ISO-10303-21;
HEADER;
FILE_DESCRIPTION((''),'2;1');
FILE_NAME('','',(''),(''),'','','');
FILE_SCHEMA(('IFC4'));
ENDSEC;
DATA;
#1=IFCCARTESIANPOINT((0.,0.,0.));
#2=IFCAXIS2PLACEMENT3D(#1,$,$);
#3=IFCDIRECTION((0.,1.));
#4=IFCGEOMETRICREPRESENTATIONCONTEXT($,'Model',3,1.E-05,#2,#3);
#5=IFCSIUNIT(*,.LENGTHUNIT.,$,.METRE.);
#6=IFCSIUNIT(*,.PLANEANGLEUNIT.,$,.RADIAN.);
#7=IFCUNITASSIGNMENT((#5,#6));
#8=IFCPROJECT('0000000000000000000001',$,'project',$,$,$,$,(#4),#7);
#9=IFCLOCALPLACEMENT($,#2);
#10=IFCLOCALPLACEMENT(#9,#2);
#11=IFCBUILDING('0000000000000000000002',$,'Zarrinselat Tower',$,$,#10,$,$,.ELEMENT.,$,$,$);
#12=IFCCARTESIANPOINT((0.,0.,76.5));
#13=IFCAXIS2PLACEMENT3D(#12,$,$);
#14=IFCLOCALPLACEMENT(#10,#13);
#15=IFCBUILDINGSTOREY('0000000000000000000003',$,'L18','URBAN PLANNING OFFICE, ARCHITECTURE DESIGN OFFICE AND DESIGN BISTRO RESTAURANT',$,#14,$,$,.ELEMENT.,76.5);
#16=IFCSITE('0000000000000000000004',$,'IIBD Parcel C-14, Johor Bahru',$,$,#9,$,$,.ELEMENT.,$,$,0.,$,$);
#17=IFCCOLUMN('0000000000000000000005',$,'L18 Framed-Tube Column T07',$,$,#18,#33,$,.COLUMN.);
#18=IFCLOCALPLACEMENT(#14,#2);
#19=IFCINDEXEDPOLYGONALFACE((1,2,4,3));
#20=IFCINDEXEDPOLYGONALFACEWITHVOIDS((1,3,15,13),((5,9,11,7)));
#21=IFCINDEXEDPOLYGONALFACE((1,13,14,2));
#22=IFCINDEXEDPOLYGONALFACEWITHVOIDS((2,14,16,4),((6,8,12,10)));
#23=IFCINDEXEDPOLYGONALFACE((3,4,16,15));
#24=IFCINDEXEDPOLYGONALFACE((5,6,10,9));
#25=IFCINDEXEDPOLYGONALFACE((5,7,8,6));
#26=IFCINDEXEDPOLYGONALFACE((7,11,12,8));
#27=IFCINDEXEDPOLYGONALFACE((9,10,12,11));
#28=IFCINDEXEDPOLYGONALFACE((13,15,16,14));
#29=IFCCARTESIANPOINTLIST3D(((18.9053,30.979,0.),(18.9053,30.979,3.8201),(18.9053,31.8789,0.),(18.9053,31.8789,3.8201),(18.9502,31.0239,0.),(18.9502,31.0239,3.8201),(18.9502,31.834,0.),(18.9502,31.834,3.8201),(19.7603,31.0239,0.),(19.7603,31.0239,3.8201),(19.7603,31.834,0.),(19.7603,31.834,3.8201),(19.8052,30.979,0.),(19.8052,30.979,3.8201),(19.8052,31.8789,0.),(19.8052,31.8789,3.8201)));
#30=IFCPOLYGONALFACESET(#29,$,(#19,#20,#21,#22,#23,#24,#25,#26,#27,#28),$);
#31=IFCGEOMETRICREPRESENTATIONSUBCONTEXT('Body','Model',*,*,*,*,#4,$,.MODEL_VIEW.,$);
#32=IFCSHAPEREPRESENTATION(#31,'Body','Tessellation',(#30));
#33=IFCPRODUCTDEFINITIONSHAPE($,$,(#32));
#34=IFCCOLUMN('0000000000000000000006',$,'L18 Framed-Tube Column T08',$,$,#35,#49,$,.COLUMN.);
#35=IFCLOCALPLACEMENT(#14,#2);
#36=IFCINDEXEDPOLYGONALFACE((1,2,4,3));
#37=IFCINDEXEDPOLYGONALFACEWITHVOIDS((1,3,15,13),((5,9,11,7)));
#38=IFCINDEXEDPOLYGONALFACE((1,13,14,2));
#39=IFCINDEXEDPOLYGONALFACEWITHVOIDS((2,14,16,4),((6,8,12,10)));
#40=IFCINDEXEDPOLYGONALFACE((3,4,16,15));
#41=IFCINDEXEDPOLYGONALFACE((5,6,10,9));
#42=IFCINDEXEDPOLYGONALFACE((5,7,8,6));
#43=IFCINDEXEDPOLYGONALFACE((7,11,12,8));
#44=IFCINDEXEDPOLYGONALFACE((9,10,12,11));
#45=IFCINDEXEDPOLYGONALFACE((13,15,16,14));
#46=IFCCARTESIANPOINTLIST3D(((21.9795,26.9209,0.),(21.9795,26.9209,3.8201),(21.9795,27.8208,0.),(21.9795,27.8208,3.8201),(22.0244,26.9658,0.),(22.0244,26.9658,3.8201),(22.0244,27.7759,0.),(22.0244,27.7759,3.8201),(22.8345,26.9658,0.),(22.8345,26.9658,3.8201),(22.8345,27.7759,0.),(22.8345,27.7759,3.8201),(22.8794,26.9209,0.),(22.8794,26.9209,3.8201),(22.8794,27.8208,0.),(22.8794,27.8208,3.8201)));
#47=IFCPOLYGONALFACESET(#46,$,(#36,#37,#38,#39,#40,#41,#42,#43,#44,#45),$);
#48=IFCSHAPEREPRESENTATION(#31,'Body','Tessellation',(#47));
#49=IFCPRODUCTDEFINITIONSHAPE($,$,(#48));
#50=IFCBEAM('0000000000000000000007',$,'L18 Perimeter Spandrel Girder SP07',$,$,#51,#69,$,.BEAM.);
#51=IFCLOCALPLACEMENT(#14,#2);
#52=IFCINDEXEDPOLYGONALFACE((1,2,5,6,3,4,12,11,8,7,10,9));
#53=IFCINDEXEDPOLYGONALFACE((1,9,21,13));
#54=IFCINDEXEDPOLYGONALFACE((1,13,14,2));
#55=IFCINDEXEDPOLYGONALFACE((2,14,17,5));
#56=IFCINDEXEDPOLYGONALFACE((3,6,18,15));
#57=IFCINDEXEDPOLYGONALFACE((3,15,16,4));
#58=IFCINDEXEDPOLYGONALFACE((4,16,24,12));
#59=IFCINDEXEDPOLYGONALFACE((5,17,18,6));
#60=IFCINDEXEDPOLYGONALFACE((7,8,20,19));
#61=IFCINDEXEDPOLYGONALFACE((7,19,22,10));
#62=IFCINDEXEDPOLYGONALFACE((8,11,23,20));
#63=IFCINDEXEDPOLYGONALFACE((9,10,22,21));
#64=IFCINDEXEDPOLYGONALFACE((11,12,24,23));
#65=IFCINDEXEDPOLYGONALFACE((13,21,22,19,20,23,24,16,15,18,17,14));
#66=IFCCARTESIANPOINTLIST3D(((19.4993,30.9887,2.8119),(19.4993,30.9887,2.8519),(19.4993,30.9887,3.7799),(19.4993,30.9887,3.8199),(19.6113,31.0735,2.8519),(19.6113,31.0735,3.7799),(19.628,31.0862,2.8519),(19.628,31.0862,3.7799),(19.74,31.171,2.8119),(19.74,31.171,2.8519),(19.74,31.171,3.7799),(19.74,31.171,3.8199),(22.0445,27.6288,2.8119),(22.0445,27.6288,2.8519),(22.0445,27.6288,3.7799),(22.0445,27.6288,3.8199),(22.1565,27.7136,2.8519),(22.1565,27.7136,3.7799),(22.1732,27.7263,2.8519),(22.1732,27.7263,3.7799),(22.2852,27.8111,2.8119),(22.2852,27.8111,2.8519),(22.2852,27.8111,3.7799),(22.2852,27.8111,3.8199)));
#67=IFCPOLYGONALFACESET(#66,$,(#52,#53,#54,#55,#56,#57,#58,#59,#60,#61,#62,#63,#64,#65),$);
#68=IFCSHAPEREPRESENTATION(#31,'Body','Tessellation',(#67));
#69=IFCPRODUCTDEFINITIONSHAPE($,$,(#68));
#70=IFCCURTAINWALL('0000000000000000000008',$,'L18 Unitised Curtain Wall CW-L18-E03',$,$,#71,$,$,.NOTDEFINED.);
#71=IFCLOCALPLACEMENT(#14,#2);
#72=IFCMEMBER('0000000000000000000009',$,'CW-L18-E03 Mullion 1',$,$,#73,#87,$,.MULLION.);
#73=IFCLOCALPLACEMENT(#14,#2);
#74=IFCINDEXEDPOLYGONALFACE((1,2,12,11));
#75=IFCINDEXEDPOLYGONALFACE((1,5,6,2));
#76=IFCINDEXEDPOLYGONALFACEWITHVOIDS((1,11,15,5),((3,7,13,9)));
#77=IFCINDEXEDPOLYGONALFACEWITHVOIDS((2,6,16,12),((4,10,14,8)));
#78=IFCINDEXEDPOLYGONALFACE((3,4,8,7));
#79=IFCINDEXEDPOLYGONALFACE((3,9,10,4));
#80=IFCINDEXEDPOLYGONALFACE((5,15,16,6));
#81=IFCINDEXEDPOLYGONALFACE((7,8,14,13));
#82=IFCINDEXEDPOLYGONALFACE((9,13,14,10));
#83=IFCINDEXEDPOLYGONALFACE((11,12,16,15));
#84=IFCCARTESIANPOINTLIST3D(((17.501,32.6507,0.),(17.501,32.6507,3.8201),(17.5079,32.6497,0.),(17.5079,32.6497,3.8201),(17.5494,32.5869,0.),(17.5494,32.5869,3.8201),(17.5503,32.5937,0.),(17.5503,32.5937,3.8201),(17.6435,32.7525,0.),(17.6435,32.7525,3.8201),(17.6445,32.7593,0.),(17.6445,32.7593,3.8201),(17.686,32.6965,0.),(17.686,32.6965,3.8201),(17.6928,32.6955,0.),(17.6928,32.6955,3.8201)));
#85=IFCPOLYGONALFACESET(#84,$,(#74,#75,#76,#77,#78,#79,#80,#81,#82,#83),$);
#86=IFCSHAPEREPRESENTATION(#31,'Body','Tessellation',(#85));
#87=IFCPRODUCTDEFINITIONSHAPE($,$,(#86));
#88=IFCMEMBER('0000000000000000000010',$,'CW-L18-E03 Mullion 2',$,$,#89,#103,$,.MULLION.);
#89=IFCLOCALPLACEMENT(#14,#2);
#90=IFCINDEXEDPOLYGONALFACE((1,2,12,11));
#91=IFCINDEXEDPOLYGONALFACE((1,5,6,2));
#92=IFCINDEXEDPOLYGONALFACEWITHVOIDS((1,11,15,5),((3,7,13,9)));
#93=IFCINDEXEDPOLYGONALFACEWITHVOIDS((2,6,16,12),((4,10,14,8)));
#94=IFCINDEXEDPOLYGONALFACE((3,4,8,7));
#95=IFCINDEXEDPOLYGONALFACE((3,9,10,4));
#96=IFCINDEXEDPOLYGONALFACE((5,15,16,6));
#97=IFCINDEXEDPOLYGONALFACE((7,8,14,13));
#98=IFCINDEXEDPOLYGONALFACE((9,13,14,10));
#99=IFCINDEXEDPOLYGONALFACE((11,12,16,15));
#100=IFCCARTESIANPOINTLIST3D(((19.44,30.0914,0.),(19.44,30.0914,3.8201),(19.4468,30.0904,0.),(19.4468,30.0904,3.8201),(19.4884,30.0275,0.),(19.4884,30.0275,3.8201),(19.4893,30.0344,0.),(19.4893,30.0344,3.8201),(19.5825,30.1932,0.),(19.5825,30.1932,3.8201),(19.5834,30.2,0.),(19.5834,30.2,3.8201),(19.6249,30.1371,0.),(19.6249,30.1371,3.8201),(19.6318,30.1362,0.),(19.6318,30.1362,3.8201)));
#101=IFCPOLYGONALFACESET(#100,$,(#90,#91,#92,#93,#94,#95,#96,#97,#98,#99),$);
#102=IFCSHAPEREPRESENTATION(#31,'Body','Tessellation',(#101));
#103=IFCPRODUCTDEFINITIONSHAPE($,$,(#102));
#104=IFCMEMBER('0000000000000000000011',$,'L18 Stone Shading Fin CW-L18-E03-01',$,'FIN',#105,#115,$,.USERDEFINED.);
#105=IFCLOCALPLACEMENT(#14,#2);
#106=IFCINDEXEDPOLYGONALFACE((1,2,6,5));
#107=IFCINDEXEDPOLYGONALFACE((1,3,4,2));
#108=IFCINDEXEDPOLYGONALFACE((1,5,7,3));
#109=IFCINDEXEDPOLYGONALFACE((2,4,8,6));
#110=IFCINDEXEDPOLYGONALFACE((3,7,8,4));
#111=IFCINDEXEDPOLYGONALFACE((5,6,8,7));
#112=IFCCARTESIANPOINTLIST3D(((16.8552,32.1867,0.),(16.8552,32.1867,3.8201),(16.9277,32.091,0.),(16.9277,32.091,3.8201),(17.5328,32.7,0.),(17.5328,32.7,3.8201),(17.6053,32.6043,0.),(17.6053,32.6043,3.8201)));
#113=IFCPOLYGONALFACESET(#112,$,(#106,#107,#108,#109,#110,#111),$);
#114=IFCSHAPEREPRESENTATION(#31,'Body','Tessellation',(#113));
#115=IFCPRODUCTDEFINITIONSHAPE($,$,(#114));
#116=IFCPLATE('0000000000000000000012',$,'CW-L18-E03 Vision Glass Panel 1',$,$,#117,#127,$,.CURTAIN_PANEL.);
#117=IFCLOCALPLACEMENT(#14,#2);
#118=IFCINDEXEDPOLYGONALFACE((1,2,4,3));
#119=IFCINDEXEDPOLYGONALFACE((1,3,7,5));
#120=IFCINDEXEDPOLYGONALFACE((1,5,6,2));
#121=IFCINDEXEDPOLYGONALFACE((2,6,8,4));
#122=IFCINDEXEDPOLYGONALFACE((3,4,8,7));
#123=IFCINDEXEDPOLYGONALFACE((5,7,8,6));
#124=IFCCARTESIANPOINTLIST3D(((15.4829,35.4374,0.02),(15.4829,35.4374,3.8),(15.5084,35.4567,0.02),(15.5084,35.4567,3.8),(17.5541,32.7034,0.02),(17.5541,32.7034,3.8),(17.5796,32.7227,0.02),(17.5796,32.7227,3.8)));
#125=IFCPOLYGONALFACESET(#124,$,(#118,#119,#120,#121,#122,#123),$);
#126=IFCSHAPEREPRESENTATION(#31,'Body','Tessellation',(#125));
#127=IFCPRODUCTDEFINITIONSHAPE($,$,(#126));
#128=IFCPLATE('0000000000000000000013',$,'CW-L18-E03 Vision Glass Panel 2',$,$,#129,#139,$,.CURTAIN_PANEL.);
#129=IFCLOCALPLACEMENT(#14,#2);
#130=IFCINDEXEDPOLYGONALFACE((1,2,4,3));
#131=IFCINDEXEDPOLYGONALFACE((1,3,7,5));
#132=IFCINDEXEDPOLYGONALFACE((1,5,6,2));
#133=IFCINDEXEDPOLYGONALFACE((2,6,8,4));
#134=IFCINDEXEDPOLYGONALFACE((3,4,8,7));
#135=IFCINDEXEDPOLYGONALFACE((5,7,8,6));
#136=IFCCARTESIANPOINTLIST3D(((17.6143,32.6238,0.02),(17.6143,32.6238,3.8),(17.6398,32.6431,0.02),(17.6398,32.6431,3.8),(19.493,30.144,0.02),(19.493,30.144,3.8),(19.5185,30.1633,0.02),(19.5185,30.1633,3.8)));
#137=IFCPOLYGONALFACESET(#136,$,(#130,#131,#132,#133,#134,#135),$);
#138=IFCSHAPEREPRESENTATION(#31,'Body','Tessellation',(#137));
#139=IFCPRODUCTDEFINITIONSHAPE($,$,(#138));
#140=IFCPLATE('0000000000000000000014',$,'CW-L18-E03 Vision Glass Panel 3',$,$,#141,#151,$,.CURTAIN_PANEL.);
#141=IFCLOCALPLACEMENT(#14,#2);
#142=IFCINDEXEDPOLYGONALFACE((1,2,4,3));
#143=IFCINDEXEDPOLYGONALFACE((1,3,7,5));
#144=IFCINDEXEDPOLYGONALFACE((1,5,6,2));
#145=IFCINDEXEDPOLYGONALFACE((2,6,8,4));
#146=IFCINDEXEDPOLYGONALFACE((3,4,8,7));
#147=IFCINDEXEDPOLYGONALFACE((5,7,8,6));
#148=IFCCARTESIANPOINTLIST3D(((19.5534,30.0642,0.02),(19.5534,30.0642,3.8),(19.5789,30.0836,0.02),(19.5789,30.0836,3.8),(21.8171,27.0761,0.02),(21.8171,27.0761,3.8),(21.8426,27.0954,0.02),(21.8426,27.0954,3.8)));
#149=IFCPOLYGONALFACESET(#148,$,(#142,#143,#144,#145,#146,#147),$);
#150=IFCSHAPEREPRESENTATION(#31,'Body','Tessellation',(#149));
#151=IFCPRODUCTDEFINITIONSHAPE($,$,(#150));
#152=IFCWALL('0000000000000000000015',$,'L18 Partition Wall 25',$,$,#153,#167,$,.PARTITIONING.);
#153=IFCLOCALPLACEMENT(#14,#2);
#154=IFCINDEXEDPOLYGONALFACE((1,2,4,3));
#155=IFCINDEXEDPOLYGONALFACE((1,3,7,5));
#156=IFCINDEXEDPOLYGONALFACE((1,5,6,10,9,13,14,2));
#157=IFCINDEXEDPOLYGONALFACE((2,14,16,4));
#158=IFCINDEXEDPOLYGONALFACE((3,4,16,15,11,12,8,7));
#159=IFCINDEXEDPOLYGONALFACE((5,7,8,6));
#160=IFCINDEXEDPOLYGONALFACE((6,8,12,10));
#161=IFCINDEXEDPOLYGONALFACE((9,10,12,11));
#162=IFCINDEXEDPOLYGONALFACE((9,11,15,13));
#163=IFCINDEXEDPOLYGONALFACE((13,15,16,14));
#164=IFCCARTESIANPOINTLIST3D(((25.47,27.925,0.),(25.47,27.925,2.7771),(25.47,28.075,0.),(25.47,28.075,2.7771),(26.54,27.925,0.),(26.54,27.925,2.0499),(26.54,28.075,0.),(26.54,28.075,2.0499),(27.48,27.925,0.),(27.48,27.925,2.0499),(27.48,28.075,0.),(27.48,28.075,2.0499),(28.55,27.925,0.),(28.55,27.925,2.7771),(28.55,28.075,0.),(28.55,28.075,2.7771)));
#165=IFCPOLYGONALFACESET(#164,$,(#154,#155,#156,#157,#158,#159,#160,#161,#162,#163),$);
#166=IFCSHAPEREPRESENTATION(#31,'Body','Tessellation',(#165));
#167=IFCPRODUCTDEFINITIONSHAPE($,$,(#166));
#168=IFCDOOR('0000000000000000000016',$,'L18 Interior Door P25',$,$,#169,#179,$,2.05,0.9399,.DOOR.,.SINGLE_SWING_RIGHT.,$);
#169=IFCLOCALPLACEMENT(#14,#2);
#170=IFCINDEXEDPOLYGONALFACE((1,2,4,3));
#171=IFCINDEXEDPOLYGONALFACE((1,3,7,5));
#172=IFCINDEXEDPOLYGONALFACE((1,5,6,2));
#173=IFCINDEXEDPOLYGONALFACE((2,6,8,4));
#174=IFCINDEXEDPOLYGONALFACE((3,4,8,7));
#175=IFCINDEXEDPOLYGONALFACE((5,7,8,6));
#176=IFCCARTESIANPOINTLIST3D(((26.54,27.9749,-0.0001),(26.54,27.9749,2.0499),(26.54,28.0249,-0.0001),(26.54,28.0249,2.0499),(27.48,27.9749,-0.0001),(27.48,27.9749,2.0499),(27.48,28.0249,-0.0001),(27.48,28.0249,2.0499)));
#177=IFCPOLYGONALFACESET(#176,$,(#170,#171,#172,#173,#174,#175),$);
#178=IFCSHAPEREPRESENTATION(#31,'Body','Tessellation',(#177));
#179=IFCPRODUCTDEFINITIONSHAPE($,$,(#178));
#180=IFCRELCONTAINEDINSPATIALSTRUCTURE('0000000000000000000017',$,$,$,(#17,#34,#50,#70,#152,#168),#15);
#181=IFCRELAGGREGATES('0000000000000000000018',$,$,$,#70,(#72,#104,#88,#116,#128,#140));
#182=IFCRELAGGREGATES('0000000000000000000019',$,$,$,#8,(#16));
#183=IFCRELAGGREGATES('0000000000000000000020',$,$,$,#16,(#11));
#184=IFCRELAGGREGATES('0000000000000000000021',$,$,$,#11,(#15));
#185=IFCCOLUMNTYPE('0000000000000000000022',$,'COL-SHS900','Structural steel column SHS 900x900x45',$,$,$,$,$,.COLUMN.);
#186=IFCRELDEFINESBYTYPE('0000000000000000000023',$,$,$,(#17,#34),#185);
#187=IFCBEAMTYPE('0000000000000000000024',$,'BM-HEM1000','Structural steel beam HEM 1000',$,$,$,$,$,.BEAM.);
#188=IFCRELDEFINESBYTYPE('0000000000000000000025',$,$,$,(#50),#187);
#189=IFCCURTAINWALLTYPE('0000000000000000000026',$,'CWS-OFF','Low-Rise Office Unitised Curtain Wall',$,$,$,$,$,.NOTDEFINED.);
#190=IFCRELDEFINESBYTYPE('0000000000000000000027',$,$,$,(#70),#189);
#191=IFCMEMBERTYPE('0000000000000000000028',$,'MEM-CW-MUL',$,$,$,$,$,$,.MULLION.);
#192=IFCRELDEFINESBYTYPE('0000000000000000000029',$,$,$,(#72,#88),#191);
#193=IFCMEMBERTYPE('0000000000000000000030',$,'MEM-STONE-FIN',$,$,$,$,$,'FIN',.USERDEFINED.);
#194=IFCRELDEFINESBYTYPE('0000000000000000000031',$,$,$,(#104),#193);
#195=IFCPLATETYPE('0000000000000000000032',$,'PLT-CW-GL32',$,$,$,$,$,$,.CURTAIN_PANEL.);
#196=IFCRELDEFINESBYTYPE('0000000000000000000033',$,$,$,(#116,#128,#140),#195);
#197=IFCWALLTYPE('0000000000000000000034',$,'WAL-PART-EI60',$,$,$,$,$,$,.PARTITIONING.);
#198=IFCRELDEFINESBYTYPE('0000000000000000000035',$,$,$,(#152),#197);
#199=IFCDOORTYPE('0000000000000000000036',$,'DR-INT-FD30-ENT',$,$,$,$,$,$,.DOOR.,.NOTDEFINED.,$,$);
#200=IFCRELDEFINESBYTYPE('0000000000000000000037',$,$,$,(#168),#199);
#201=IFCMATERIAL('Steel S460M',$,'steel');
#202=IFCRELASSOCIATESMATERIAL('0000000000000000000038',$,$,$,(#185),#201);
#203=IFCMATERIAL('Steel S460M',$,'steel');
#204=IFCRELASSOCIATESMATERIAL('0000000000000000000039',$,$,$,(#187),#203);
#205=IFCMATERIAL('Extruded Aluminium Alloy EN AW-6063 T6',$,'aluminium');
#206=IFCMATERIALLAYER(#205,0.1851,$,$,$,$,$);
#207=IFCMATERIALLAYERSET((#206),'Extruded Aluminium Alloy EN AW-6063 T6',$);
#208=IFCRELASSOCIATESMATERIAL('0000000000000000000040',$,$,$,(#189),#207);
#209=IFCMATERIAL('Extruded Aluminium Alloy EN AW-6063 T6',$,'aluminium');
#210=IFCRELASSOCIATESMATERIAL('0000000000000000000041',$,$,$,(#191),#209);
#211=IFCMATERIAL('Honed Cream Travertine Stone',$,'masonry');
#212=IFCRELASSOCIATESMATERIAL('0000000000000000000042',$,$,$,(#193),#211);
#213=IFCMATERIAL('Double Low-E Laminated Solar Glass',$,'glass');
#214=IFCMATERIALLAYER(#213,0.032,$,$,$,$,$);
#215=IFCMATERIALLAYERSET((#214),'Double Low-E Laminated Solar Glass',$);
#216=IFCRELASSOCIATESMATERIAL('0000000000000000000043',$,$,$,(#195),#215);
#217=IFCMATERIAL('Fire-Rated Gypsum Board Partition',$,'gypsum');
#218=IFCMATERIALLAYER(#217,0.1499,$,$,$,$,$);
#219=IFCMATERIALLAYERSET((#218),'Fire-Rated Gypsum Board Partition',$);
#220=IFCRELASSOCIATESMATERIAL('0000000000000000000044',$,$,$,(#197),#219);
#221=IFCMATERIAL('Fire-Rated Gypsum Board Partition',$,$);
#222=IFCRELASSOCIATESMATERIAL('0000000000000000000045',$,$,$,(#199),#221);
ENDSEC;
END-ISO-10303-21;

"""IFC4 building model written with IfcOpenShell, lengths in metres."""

from ifc_helpers import new_model, si_unit, direction, frame, frame_2d, origin, origin_2d, place, context, subcontext, project, spatial, rectangle, hollow_rectangle, i_section, extrude, material, layer, layer_set, material_profile, profile_set, type_object, element, fill, aggregate, save


model = new_model("IFC4")

# Units and contexts
model_context = context("Model", 3, precision=1e-05, world=origin(), true_north=direction((0.0, 1.0)))
body_context = subcontext(model_context, "Body", "Model", "MODEL_VIEW")
ifc_project = project(units=[si_unit("LENGTHUNIT", "METRE"), si_unit("PLANEANGLEUNIT", "RADIAN")], contexts=[model_context])

# Site, building, storey
site_placement = place(None, origin())
site = spatial("IfcSite", under=ifc_project, at=site_placement, Name="IIBD Parcel C-14, Johor Bahru", CompositionType="ELEMENT", RefElevation=0.0)
building_placement = place(site_placement, origin())
building = spatial("IfcBuilding", under=site, at=building_placement, Name="Zarrinselat Tower", CompositionType="ELEMENT")
storey_placement = place(building_placement, frame((0.0, 0.0, 76.5)))
storey = spatial("IfcBuildingStorey", under=building, at=storey_placement, Name="L18", Description="URBAN PLANNING OFFICE, ARCHITECTURE DESIGN OFFICE AND DESIGN BISTRO RESTAURANT", CompositionType="ELEMENT", Elevation=76.5)

# Columns
ifc_material_1 = material(Name="Steel S460M", Category="steel")
ifc_material_profile_1 = material_profile(ifc_material_1, hollow_rectangle(XDim=0.8999, YDim=0.8999, WallThickness=0.0449, at=origin_2d()), Name="SHS 900x900x45")
ifc_profile_set_1 = profile_set([ifc_material_profile_1], Name="Steel S460M")
column_type = type_object("IfcColumnType", Name="COL-SHS900", Description="Structural steel column SHS 900x900x45", PredefinedType="COLUMN", material=ifc_profile_set_1)
for number, where, z_axis, x_axis, name in (
    (1, (19.3552, 31.429, 0.0), (0.0, 0.0, 1.0), (1.0, 0.0, 0.0), "L18 Framed-Tube Column T07"),
    (2, (22.4294, 27.3708, 0.0), (0.0, 0.0, 1.0), (1.0, 0.0, 0.0), "L18 Framed-Tube Column T08"),
):
    element("IfcColumn", number, at=place(storey_placement, frame(where, z_axis=z_axis, x_axis=x_axis)), inside=storey, type_object=column_type, Name=name, PredefinedType="COLUMN", context=body_context, shape_type="SweptSolid", body=[
        extrude(hollow_rectangle(XDim=0.8999, YDim=0.8999, WallThickness=0.0449, at=origin_2d()), origin(), (0.0, 0.0, 1.0), 3.8201),
    ])

# Beam
ifc_material_2 = material(Name="Steel S460M", Category="steel")
ifc_material_profile_2 = material_profile(ifc_material_2, i_section(OverallWidth=0.302, OverallDepth=1.0081, WebThickness=0.021, FlangeThickness=0.04, at=origin_2d()), Name="HEM 1000")
ifc_profile_set_2 = profile_set([ifc_material_profile_2], Name="Steel S460M")
beam_type = type_object("IfcBeamType", Name="BM-HEM1000", Description="Structural steel beam HEM 1000", PredefinedType="BEAM", material=ifc_profile_set_2)
beam_placement = place(storey_placement, frame((19.6196, 31.0798, 3.3159), z_axis=(0.60383, -0.797113, 0.0), x_axis=(0.797113, 0.60383, 0.0)))
element("IfcBeam", 3, at=beam_placement, inside=storey, type_object=beam_type, Name="L18 Perimeter Spandrel Girder SP07", PredefinedType="BEAM", context=body_context, shape_type="SweptSolid", body=[
    extrude(i_section(OverallWidth=0.302, OverallDepth=1.0081, WebThickness=0.021, FlangeThickness=0.04, at=origin_2d()), origin(), (0.0, 0.0, 1.0), 4.2151),
])

# Curtain wall, members, plates
ifc_material_3 = material(Name="Extruded Aluminium Alloy EN AW-6063 T6", Category="aluminium")
ifc_layer_1 = layer(ifc_material_3, 0.1851)
ifc_layer_set_1 = layer_set([ifc_layer_1], Name="Extruded Aluminium Alloy EN AW-6063 T6")
curtain_wall_type = type_object("IfcCurtainWallType", Name="CWS-OFF", Description="Low-Rise Office Unitised Curtain Wall", PredefinedType="NOTDEFINED", material=ifc_layer_set_1)
curtain_wall_placement = place(storey_placement, origin())
curtain_wall = element("IfcCurtainWall", 4, at=curtain_wall_placement, inside=storey, type_object=curtain_wall_type, Name="L18 Unitised Curtain Wall CW-L18-E03", PredefinedType="NOTDEFINED")
ifc_material_4 = material(Name="Extruded Aluminium Alloy EN AW-6063 T6", Category="aluminium")
ifc_material_profile_3 = material_profile(ifc_material_4, hollow_rectangle(XDim=0.0801, YDim=0.1799, WallThickness=0.0049, at=origin_2d()), Name="RHS 180x80x5")
ifc_profile_set_3 = profile_set([ifc_material_profile_3], Name="Extruded Aluminium Alloy EN AW-6063 T6")
member_type_1 = type_object("IfcMemberType", Name="MEM-CW-MUL", PredefinedType="MULLION", material=ifc_profile_set_3)
member_1_placement = place(storey_placement, frame((17.5969, 32.6731, 0.0), z_axis=(0.0, 0.0, 1.0), x_axis=(0.603855, -0.797094, 0.0)))
member_1 = element("IfcMember", 5, at=member_1_placement, type_object=member_type_1, Name="CW-L18-E03 Mullion 1", PredefinedType="MULLION", context=body_context, shape_type="SweptSolid", body=[
    extrude(hollow_rectangle(XDim=0.0801, YDim=0.1799, WallThickness=0.0049, at=origin_2d()), origin(), (0.0, 0.0, 1.0), 3.8201),
])
member_2_placement = place(storey_placement, frame((19.5359, 30.1138, 0.0), z_axis=(0.0, 0.0, 1.0), x_axis=(0.603855, -0.797094, 0.0)))
member_2 = element("IfcMember", 6, at=member_2_placement, type_object=member_type_1, Name="CW-L18-E03 Mullion 2", PredefinedType="MULLION", context=body_context, shape_type="SweptSolid", body=[
    extrude(hollow_rectangle(XDim=0.0801, YDim=0.1799, WallThickness=0.0049, at=origin_2d()), origin(), (0.0, 0.0, 1.0), 3.8201),
])
ifc_material_5 = material(Name="Honed Cream Travertine Stone", Category="masonry")
ifc_material_profile_4 = material_profile(ifc_material_5, rectangle(XDim=0.1201, YDim=0.8501, at=origin_2d()), Name="FIN 850x120")
ifc_profile_set_4 = profile_set([ifc_material_profile_4], Name="Honed Cream Travertine Stone")
member_type_2 = type_object("IfcMemberType", Name="MEM-STONE-FIN", ElementType="FIN", PredefinedType="USERDEFINED", material=ifc_profile_set_4)
member_3_placement = place(storey_placement, frame((17.2302, 32.3955, 0.0), z_axis=(0.0, 0.0, 1.0), x_axis=(-0.603855, 0.797094, 0.0)))
member_3 = element("IfcMember", 7, at=member_3_placement, type_object=member_type_2, Name="L18 Stone Shading Fin CW-L18-E03-01", ObjectType="FIN", PredefinedType="USERDEFINED", context=body_context, shape_type="SweptSolid", body=[
    extrude(rectangle(XDim=0.1201, YDim=0.8501, at=origin_2d()), origin(), (0.0, 0.0, 1.0), 3.8201),
])
ifc_material_6 = material(Name="Double Low-E Laminated Solar Glass", Category="glass")
ifc_layer_2 = layer(ifc_material_6, 0.032)
ifc_layer_set_2 = layer_set([ifc_layer_2], Name="Double Low-E Laminated Solar Glass")
plate_type = type_object("IfcPlateType", Name="PLT-CW-GL32", PredefinedType="CURTAIN_PANEL", material=ifc_layer_set_2)
plate_1_placement = place(storey_placement, frame((16.5312, 34.0801, 0.02), z_axis=(0.0, 0.0, 1.0), x_axis=(0.603855, -0.797094, 0.0)))
plate_1 = element("IfcPlate", 8, at=plate_1_placement, type_object=plate_type, Name="CW-L18-E03 Vision Glass Panel 1", PredefinedType="CURTAIN_PANEL", context=body_context, shape_type="SweptSolid", body=[
    extrude(rectangle(XDim=3.4299, YDim=0.032, at=origin_2d()), origin(), (0.0, 0.0, 1.0), 3.78),
])
plate_2_placement = place(storey_placement, frame((18.5664, 31.3936, 0.02), z_axis=(0.0, 0.0, 1.0), x_axis=(0.603855, -0.797094, 0.0)))
plate_2 = element("IfcPlate", 9, at=plate_2_placement, type_object=plate_type, Name="CW-L18-E03 Vision Glass Panel 2", PredefinedType="CURTAIN_PANEL", context=body_context, shape_type="SweptSolid", body=[
    extrude(rectangle(XDim=3.1111, YDim=0.032, at=origin_2d()), origin(), (0.0, 0.0, 1.0), 3.78),
])
plate_3_placement = place(storey_placement, frame((20.698, 28.5798, 0.02), z_axis=(0.0, 0.0, 1.0), x_axis=(0.603855, -0.797094, 0.0)))
plate_3 = element("IfcPlate", 10, at=plate_3_placement, type_object=plate_type, Name="CW-L18-E03 Vision Glass Panel 3", PredefinedType="CURTAIN_PANEL", context=body_context, shape_type="SweptSolid", body=[
    extrude(rectangle(XDim=3.7488, YDim=0.032, at=origin_2d()), origin(), (0.0, 0.0, 1.0), 3.78),
])
aggregate(curtain_wall, [member_1, member_3, member_2, plate_1, plate_2, plate_3])

# Wall, opening, door
ifc_material_7 = material(Name="Fire-Rated Gypsum Board Partition", Category="gypsum")
ifc_layer_3 = layer(ifc_material_7, 0.1499)
ifc_layer_set_3 = layer_set([ifc_layer_3], Name="Fire-Rated Gypsum Board Partition")
wall_type_1 = type_object("IfcWallType", Name="WAL-PART-EI60", PredefinedType="PARTITIONING", material=ifc_layer_set_3)
wall_1_placement = place(storey_placement, frame((25.47, 28.0, 0.0), z_axis=(0.0, 0.0, 1.0), x_axis=(1.0, 0.0, 0.0)))
wall_1 = element("IfcWall", 11, at=wall_1_placement, inside=storey, type_object=wall_type_1, Name="L18 Partition Wall 25", PredefinedType="PARTITIONING", context=body_context, shape_type="SweptSolid", body=[
    extrude(rectangle(XDim=3.0801, YDim=0.1499, at=frame_2d((1.54, 0.0))), origin(), (0.0, 0.0, 1.0), 2.7771),
])
opening_1_placement = place(wall_1_placement, frame((1.0701, 0.0, 0.0)))
opening_1 = element("IfcOpeningElement", 12, at=opening_1_placement, cuts=wall_1, PredefinedType="OPENING", context=body_context, shape_type="SweptSolid", body=[
    extrude(rectangle(XDim=0.9399, YDim=2.05, at=frame_2d((0.47, 1.0249))), frame((0.0, 0.085, 0.0), z_axis=(0.0, -1.0, 0.0), x_axis=(1.0, 0.0, 0.0)), (0.0, 0.0, 1.0), 0.1699),
])
ifc_material_8 = material(Name="Fire-Rated Gypsum Board Partition")
door_type_1 = type_object("IfcDoorType", Name="DR-INT-FD30-ENT", OperationType="NOTDEFINED", PredefinedType="DOOR", material=ifc_material_8)
door_1_placement = place(opening_1_placement, origin())
door_1 = element("IfcDoor", 13, at=door_1_placement, inside=storey, type_object=door_type_1, Name="L18 Interior Door P25", OperationType="SINGLE_SWING_RIGHT", OverallHeight=2.05, OverallWidth=0.9399, PredefinedType="DOOR", context=body_context, shape_type="SweptSolid", body=[
    extrude(rectangle(XDim=0.9399, YDim=2.05, at=frame_2d((0.47, 1.0249))), frame((0.0, 0.0249, 0.0), z_axis=(0.0, -1.0, 0.0), x_axis=(1.0, 0.0, 0.0)), (0.0, 0.0, 1.0), 0.05),
])
fill(opening_1, door_1)

save(model, "model.ifc")
